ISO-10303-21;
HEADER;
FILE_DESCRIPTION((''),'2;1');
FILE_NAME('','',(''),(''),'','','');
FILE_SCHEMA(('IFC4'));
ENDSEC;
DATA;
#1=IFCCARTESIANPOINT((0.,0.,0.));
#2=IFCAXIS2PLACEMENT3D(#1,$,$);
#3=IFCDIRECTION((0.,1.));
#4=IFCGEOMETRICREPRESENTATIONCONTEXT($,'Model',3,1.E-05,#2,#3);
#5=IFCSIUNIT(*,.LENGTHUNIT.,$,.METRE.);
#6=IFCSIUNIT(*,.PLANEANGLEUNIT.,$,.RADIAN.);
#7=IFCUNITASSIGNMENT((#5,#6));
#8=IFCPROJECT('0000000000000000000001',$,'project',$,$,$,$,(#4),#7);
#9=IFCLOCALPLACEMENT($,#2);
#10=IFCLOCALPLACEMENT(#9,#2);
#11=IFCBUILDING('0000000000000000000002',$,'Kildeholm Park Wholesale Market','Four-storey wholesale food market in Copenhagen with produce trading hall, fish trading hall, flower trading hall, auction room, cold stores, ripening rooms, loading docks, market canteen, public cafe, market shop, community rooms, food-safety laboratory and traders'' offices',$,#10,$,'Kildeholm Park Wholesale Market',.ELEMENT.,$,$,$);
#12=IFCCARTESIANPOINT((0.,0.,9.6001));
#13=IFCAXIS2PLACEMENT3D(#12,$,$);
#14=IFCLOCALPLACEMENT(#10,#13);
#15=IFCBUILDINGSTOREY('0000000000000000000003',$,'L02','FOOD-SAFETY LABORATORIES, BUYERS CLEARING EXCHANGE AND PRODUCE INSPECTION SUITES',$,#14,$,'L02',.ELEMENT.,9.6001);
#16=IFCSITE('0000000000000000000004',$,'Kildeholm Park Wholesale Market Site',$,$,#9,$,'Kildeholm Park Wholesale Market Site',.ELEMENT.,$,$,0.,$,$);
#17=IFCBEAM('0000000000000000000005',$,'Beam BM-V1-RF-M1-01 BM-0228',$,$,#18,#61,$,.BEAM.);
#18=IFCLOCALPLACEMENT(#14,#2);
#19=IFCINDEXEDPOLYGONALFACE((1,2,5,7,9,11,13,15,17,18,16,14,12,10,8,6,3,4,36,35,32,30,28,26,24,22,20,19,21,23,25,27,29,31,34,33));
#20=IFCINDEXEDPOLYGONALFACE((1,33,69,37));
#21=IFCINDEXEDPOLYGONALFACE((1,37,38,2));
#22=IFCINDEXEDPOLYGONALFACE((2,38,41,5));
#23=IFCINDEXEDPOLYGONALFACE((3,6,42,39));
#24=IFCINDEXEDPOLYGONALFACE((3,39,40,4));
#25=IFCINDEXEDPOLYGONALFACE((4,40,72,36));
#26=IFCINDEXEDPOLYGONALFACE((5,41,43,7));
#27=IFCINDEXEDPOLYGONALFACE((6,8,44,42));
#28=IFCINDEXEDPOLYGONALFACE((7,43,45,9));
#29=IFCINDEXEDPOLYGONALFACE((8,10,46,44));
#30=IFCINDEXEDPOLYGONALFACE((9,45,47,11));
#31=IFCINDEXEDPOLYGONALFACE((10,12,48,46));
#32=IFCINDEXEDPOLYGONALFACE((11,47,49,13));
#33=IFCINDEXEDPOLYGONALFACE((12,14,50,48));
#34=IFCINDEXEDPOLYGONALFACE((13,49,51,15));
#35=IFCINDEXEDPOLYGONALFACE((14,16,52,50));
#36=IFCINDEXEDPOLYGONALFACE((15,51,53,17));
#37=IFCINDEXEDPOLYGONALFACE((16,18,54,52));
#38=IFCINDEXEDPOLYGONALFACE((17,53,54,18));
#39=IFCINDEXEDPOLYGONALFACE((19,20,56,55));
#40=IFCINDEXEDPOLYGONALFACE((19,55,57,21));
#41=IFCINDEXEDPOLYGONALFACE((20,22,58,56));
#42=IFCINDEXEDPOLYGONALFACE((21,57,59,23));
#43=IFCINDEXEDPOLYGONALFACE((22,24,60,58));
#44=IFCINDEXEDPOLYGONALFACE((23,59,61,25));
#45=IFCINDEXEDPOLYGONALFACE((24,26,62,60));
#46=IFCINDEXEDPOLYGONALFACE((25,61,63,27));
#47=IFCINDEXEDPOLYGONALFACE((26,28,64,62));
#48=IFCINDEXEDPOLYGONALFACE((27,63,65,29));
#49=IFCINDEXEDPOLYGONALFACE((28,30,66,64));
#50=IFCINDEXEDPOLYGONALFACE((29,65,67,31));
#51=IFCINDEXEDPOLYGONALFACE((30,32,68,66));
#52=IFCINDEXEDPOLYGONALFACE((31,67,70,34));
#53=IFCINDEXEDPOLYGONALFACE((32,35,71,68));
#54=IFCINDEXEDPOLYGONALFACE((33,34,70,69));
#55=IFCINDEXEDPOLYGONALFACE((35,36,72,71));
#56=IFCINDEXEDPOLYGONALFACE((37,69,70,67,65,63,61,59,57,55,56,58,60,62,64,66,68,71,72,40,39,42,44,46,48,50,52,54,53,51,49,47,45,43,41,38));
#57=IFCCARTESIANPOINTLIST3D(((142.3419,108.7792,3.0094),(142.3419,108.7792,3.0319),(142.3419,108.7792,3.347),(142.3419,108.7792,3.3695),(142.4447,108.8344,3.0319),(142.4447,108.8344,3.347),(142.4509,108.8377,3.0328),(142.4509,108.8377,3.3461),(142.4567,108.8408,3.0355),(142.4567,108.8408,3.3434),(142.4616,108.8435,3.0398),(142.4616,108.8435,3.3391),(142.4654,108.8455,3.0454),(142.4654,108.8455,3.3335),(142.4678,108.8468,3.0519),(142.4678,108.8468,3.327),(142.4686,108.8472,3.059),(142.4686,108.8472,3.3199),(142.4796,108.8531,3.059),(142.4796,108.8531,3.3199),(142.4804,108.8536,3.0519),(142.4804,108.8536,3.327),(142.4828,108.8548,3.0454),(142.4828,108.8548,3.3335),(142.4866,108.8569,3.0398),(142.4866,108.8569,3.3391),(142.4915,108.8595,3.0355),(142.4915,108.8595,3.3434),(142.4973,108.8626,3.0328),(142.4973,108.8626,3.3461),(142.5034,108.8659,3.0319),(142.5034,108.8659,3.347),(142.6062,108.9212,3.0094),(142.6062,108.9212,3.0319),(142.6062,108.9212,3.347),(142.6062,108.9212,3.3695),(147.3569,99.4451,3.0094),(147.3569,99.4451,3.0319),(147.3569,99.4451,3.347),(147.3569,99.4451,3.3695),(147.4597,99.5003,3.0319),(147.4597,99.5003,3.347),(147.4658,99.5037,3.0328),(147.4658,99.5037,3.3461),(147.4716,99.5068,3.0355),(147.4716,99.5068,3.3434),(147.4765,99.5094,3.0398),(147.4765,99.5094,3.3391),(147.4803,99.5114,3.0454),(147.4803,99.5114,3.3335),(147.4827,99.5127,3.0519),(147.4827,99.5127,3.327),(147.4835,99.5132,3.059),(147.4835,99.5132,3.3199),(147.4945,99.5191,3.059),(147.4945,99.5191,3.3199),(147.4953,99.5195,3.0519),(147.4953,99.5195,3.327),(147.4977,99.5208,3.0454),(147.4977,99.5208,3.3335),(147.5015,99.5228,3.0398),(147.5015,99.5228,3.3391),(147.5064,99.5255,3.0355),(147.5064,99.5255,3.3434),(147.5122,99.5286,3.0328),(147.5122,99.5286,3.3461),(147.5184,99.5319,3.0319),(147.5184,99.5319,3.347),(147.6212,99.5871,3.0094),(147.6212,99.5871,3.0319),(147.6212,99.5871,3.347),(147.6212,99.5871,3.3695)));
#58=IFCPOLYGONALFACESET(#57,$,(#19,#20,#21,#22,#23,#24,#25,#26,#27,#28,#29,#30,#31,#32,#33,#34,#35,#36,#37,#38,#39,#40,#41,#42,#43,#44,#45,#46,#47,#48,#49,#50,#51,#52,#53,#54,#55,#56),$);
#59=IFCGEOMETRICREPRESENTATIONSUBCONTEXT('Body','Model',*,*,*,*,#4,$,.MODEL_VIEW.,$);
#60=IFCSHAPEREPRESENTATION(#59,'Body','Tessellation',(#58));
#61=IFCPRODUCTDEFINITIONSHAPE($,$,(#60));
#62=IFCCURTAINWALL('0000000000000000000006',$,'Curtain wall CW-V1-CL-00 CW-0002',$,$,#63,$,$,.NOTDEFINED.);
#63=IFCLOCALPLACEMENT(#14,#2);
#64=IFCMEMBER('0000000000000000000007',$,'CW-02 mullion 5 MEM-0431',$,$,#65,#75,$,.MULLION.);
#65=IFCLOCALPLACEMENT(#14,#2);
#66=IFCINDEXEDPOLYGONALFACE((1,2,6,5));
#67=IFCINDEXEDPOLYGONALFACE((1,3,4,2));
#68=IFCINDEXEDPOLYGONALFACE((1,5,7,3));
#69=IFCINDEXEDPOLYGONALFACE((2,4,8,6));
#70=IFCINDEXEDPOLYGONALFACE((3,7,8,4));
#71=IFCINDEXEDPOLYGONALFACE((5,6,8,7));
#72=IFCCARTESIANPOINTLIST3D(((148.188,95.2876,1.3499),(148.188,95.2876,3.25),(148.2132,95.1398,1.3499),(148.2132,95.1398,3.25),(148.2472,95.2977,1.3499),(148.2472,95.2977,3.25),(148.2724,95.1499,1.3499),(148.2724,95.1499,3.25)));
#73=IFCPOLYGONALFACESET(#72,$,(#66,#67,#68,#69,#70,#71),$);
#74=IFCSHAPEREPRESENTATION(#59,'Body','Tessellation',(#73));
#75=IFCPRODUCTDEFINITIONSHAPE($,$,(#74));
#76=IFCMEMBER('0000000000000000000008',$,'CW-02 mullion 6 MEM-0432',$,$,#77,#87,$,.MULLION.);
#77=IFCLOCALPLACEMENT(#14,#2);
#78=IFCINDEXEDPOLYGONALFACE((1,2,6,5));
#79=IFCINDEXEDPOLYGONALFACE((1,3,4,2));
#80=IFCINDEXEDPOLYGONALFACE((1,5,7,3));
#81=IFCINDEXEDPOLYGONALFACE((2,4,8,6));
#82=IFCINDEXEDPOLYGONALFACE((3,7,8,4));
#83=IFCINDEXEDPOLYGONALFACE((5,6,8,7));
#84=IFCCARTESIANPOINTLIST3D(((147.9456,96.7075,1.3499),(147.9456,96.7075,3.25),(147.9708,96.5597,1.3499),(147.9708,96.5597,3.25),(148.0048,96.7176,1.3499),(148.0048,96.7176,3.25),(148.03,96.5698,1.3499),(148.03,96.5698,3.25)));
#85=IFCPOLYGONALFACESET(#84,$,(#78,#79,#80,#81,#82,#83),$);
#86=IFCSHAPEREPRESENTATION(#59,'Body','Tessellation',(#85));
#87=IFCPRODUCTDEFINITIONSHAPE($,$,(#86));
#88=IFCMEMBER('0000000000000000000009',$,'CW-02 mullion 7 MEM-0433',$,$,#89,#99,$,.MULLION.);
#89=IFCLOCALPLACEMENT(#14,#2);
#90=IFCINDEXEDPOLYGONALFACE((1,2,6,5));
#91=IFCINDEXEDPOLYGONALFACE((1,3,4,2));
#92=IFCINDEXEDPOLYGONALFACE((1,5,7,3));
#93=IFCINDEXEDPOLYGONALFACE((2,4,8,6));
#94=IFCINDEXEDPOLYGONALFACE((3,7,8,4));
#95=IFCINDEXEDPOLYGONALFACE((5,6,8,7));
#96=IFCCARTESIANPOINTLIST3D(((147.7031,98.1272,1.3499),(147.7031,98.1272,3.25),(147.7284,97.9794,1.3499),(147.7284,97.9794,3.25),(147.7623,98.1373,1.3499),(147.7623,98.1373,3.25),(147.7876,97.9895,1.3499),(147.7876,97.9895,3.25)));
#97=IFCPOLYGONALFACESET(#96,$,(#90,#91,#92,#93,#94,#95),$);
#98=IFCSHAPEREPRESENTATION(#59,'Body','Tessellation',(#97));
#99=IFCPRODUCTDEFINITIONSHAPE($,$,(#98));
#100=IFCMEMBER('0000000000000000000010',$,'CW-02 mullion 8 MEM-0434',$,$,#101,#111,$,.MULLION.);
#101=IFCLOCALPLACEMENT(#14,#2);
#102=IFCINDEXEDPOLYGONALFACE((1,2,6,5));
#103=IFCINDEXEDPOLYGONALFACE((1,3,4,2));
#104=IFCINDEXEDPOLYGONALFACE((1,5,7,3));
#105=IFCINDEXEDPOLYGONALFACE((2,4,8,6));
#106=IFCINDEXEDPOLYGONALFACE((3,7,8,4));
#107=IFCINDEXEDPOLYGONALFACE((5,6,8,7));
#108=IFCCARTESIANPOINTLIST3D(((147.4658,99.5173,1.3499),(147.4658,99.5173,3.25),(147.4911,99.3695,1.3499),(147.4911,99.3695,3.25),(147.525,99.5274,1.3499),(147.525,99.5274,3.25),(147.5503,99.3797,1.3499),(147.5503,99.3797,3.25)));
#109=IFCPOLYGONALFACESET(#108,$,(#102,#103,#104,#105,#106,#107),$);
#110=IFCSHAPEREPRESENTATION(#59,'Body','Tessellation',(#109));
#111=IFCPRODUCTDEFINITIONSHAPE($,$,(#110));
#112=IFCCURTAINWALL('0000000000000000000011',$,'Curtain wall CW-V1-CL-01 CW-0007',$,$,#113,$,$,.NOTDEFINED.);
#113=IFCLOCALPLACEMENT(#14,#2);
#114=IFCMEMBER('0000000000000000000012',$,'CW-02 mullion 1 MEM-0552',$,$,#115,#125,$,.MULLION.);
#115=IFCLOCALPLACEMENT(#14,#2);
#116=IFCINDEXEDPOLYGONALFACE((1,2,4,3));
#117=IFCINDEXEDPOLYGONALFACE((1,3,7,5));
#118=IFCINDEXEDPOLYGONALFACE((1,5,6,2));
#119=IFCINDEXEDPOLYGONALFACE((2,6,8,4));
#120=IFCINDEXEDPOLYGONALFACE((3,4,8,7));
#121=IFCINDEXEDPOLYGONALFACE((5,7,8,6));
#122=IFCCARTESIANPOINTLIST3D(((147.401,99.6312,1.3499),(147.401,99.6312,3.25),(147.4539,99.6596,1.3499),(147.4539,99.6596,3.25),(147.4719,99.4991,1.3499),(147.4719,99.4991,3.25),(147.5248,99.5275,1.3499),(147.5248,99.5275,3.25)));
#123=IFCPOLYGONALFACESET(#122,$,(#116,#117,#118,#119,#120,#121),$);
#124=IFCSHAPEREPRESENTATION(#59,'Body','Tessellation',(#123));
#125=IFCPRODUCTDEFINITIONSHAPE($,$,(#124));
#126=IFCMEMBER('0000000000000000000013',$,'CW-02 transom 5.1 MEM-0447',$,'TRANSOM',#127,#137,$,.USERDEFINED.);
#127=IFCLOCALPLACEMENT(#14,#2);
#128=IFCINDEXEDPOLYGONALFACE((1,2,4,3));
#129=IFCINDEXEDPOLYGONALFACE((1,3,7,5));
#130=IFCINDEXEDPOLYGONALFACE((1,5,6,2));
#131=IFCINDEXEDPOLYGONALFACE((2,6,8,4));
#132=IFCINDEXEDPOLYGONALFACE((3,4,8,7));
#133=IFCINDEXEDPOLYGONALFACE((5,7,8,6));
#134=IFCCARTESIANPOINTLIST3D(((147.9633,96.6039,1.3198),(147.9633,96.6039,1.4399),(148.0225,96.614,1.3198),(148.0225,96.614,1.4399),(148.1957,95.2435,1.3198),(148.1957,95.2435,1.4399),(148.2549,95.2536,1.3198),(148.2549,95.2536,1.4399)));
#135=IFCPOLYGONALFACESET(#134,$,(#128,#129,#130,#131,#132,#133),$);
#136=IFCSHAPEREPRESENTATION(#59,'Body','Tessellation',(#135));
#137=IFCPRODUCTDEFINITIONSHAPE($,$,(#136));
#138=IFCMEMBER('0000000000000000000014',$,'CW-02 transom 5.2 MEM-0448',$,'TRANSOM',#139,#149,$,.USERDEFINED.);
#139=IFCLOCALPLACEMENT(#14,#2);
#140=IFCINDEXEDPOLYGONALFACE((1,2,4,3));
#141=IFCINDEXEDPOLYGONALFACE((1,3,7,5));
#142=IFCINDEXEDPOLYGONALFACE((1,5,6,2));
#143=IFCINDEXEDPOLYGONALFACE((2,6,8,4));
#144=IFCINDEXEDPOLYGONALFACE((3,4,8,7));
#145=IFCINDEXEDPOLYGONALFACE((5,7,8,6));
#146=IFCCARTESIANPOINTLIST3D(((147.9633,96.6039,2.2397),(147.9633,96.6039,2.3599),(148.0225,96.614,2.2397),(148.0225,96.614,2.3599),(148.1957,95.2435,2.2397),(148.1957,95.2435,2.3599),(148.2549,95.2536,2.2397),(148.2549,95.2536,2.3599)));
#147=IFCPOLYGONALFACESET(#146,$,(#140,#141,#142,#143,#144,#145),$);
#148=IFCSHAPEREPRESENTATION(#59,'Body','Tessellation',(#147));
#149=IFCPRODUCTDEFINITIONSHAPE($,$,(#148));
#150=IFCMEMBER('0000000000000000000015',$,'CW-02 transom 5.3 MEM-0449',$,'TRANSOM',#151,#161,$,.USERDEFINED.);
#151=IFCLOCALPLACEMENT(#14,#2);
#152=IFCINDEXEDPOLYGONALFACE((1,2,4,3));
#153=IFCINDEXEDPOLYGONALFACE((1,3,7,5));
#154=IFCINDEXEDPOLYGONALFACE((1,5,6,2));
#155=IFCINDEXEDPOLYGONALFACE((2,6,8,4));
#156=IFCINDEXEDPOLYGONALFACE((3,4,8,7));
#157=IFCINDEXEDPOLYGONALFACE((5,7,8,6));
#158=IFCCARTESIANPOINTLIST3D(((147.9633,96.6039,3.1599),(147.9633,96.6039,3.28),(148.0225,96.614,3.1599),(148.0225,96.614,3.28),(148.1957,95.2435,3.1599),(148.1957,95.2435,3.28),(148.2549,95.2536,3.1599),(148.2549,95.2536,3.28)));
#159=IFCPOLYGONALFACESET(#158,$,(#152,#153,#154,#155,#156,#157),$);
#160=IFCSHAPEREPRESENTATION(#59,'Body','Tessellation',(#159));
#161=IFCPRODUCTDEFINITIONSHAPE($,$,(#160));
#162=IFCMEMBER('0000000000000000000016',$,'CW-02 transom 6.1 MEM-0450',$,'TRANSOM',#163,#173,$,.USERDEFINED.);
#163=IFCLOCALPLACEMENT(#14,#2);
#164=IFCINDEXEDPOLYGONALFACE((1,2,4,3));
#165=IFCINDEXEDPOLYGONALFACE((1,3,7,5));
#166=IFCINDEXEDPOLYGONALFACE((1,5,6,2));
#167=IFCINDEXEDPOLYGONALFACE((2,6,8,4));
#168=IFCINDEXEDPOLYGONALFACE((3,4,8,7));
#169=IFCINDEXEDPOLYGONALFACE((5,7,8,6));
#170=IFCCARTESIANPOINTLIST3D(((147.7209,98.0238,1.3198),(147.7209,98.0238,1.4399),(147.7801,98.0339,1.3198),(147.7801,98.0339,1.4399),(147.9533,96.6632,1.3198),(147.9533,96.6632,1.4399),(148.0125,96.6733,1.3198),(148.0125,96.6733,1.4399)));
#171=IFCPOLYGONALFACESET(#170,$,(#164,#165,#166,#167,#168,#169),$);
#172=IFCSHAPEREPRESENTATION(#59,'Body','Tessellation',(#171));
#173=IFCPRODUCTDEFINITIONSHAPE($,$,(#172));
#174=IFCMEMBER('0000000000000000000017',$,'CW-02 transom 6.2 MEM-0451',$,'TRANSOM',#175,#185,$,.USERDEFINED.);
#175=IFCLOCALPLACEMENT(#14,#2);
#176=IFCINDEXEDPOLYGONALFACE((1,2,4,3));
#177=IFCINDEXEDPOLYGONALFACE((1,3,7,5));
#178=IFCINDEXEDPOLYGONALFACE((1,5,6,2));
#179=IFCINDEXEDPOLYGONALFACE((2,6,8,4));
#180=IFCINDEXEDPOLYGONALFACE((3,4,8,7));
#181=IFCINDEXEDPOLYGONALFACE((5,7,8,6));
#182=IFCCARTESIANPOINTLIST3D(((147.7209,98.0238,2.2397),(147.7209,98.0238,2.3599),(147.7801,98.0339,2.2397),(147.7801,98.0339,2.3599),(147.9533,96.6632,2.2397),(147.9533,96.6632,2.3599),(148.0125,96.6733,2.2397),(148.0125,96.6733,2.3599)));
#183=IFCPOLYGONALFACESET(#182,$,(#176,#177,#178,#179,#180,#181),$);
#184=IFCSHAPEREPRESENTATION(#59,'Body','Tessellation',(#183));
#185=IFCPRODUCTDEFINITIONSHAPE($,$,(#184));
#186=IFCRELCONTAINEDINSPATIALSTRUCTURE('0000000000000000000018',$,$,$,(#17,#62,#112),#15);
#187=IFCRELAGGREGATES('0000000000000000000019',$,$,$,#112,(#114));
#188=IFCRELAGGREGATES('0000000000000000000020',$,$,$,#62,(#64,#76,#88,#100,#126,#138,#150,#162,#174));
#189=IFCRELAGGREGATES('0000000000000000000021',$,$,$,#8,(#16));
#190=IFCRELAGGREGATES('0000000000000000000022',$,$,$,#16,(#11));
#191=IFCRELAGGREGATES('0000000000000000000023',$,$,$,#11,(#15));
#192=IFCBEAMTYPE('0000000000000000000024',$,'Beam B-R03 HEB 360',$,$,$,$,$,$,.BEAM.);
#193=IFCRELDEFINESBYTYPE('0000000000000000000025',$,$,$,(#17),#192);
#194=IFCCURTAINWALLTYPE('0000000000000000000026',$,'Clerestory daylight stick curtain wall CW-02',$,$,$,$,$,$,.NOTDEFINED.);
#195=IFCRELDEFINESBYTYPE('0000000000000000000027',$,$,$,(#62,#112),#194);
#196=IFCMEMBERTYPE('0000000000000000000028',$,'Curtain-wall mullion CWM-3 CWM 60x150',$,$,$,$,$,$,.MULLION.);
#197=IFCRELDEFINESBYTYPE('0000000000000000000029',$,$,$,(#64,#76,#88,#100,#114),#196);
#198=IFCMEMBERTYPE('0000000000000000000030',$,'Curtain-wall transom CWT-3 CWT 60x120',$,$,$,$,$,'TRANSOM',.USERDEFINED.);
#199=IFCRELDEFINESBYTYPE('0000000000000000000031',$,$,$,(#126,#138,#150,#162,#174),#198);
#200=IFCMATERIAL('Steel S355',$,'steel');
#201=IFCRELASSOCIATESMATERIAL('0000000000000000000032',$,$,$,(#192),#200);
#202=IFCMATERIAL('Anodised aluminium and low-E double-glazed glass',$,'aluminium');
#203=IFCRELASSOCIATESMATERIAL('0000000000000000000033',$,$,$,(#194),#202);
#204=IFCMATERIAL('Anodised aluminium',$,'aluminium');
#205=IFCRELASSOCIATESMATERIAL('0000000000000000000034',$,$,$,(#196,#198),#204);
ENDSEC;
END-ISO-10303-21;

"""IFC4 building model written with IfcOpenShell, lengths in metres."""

from ifc_helpers import new_model, si_unit, direction, frame, origin, origin_2d, place, context, subcontext, project, spatial, rectangle, i_section, extrude, material, material_profile, profile_set, type_object, element, aggregate, save


model = new_model("IFC4")

# Units and contexts
model_context = context("Model", 3, precision=1e-05, world=origin(), true_north=direction((0.0, 1.0)))
body_context = subcontext(model_context, "Body", "Model", "MODEL_VIEW")
ifc_project = project(units=[si_unit("LENGTHUNIT", "METRE"), si_unit("PLANEANGLEUNIT", "RADIAN")], contexts=[model_context])

# Site, building, storey
site_placement = place(None, origin())
site = spatial("IfcSite", under=ifc_project, at=site_placement, Name="Kildeholm Park Wholesale Market Site", LongName="Kildeholm Park Wholesale Market Site", CompositionType="ELEMENT", RefElevation=0.0)
building_placement = place(site_placement, origin())
building = spatial("IfcBuilding", under=site, at=building_placement, Name="Kildeholm Park Wholesale Market", Description="Four-storey wholesale food market in Copenhagen with produce trading hall, fish trading hall, flower trading hall, auction room, cold stores, ripening rooms, loading docks, market canteen, public cafe, market shop, community rooms, food-safety laboratory and traders' offices", LongName="Kildeholm Park Wholesale Market", CompositionType="ELEMENT")
storey_placement = place(building_placement, frame((0.0, 0.0, 9.6001)))
storey = spatial("IfcBuildingStorey", under=building, at=storey_placement, Name="L02", Description="FOOD-SAFETY LABORATORIES, BUYERS CLEARING EXCHANGE AND PRODUCE INSPECTION SUITES", LongName="L02", CompositionType="ELEMENT", Elevation=9.6001)

# Shared definitions
ifc_material_1 = material(Name="Steel S355", Category="steel")

# Beam
ifc_material_profile_1 = material_profile(ifc_material_1, i_section(OverallWidth=0.3, OverallDepth=0.3601, WebThickness=0.0125, FlangeThickness=0.0225, FilletRadius=0.0271, at=origin_2d()), Name="HEB 360")
ifc_profile_set_1 = profile_set([ifc_material_profile_1], Name="Steel S355")
beam_type_1 = type_object("IfcBeamType", Name="Beam B-R03 HEB 360", PredefinedType="BEAM", material=ifc_profile_set_1)
beam_1_placement = place(storey_placement, frame((147.489, 99.5161, 3.1895), z_axis=(-0.473288, 0.880908, 0.0), x_axis=(-0.880908, -0.473288, 0.0)))
element("IfcBeam", 1, at=beam_1_placement, inside=storey, type_object=beam_type_1, Name="Beam BM-V1-RF-M1-01 BM-0228", PredefinedType="BEAM", context=body_context, shape_type="SweptSolid", body=[
    extrude(i_section(OverallWidth=0.3, OverallDepth=0.3601, WebThickness=0.0125, FlangeThickness=0.0225, FilletRadius=0.0271, at=origin_2d()), origin(), (0.0, 0.0, 1.0), 10.5959),
])

# Curtain wall, members
ifc_material_2 = material(Name="Anodised aluminium and low-E double-glazed glass", Category="aluminium")
curtain_wall_type = type_object("IfcCurtainWallType", Name="Clerestory daylight stick curtain wall CW-02", PredefinedType="NOTDEFINED", material=ifc_material_2)
curtain_wall_1_placement = place(storey_placement, origin())
curtain_wall_1 = element("IfcCurtainWall", 2, at=curtain_wall_1_placement, inside=storey, type_object=curtain_wall_type, Name="Curtain wall CW-V1-CL-00 CW-0002", PredefinedType="NOTDEFINED")
ifc_material_3 = material(Name="Anodised aluminium", Category="aluminium")
ifc_material_profile_2 = material_profile(ifc_material_3, rectangle(XDim=0.0601, YDim=0.1499, at=origin_2d()), Name="CWM 60x150")
ifc_profile_set_2 = profile_set([ifc_material_profile_2], Name="Anodised aluminium")
member_type_1 = type_object("IfcMemberType", Name="Curtain-wall mullion CWM-3 CWM 60x150", PredefinedType="MULLION", material=ifc_profile_set_2)
member_1_placement = place(storey_placement, frame((148.2302, 95.2188, 1.3499), z_axis=(0.0, 0.0, 1.0), x_axis=(-0.985732, -0.168322, 0.0)))
member_1 = element("IfcMember", 3, at=member_1_placement, type_object=member_type_1, Name="CW-02 mullion 5 MEM-0431", PredefinedType="MULLION", context=body_context, shape_type="SweptSolid", body=[
    extrude(rectangle(XDim=0.0601, YDim=0.1499, at=origin_2d()), origin(), (0.0, 0.0, 1.0), 1.9001),
])
member_2_placement = place(storey_placement, frame((147.9878, 96.6387, 1.3499), z_axis=(0.0, 0.0, 1.0), x_axis=(-0.985732, -0.168322, 0.0)))
member_2 = element("IfcMember", 4, at=member_2_placement, type_object=member_type_1, Name="CW-02 mullion 6 MEM-0432", PredefinedType="MULLION", context=body_context, shape_type="SweptSolid", body=[
    extrude(rectangle(XDim=0.0601, YDim=0.1499, at=origin_2d()), origin(), (0.0, 0.0, 1.0), 1.9001),
])
member_3_placement = place(storey_placement, frame((147.7454, 98.0583, 1.3499), z_axis=(0.0, 0.0, 1.0), x_axis=(-0.985732, -0.168322, 0.0)))
member_3 = element("IfcMember", 5, at=member_3_placement, type_object=member_type_1, Name="CW-02 mullion 7 MEM-0433", PredefinedType="MULLION", context=body_context, shape_type="SweptSolid", body=[
    extrude(rectangle(XDim=0.0601, YDim=0.1499, at=origin_2d()), origin(), (0.0, 0.0, 1.0), 1.9001),
])
member_4_placement = place(storey_placement, frame((147.5081, 99.4485, 1.3499), z_axis=(0.0, 0.0, 1.0), x_axis=(-0.985732, -0.168322, 0.0)))
member_4 = element("IfcMember", 6, at=member_4_placement, type_object=member_type_1, Name="CW-02 mullion 8 MEM-0434", PredefinedType="MULLION", context=body_context, shape_type="SweptSolid", body=[
    extrude(rectangle(XDim=0.0601, YDim=0.1499, at=origin_2d()), origin(), (0.0, 0.0, 1.0), 1.9001),
])

# Curtain wall, member
curtain_wall_2_placement = place(storey_placement, origin())
curtain_wall_2 = element("IfcCurtainWall", 7, at=curtain_wall_2_placement, inside=storey, type_object=curtain_wall_type, Name="Curtain wall CW-V1-CL-01 CW-0007", PredefinedType="NOTDEFINED")
member_5_placement = place(storey_placement, frame((147.4629, 99.5793, 1.3499), z_axis=(0.0, 0.0, 1.0), x_axis=(-0.88088, -0.47334, 0.0)))
member_5 = element("IfcMember", 8, at=member_5_placement, type_object=member_type_1, Name="CW-02 mullion 1 MEM-0552", PredefinedType="MULLION", context=body_context, shape_type="SweptSolid", body=[
    extrude(rectangle(XDim=0.0601, YDim=0.1499, at=origin_2d()), origin(), (0.0, 0.0, 1.0), 1.9001),
])

# Members
ifc_material_profile_3 = material_profile(ifc_material_3, rectangle(XDim=0.0601, YDim=0.1201, at=origin_2d()), Name="CWT 60x120")
ifc_profile_set_3 = profile_set([ifc_material_profile_3], Name="Anodised aluminium")
member_type_2 = type_object("IfcMemberType", Name="Curtain-wall transom CWT-3 CWT 60x120", ElementType="TRANSOM", PredefinedType="USERDEFINED", material=ifc_profile_set_3)
member_6_placement = place(storey_placement, frame((148.2253, 95.2485, 1.3799), z_axis=(-0.168414, 0.985716, 0.0), x_axis=(-0.985716, -0.168414, 0.0)))
member_6 = element("IfcMember", 9, at=member_6_placement, type_object=member_type_2, Name="CW-02 transom 5.1 MEM-0447", ObjectType="TRANSOM", PredefinedType="USERDEFINED", context=body_context, shape_type="SweptSolid", body=[
    extrude(rectangle(XDim=0.0601, YDim=0.1201, at=origin_2d()), origin(), (0.0, 0.0, 1.0), 1.3801),
])
member_7_placement = place(storey_placement, frame((148.2253, 95.2485, 2.2998), z_axis=(-0.168414, 0.985716, 0.0), x_axis=(-0.985716, -0.168414, 0.0)))
member_7 = element("IfcMember", 10, at=member_7_placement, type_object=member_type_2, Name="CW-02 transom 5.2 MEM-0448", ObjectType="TRANSOM", PredefinedType="USERDEFINED", context=body_context, shape_type="SweptSolid", body=[
    extrude(rectangle(XDim=0.0601, YDim=0.1201, at=origin_2d()), origin(), (0.0, 0.0, 1.0), 1.3801),
])
member_8_placement = place(storey_placement, frame((148.2253, 95.2485, 3.22), z_axis=(-0.168414, 0.985716, 0.0), x_axis=(-0.985716, -0.168414, 0.0)))
member_8 = element("IfcMember", 11, at=member_8_placement, type_object=member_type_2, Name="CW-02 transom 5.3 MEM-0449", ObjectType="TRANSOM", PredefinedType="USERDEFINED", context=body_context, shape_type="SweptSolid", body=[
    extrude(rectangle(XDim=0.0601, YDim=0.1201, at=origin_2d()), origin(), (0.0, 0.0, 1.0), 1.3801),
])
member_9_placement = place(storey_placement, frame((147.9829, 96.6682, 1.3799), z_axis=(-0.168384, 0.985721, 0.0), x_axis=(-0.985721, -0.168384, 0.0)))
member_9 = element("IfcMember", 12, at=member_9_placement, type_object=member_type_2, Name="CW-02 transom 6.1 MEM-0450", ObjectType="TRANSOM", PredefinedType="USERDEFINED", context=body_context, shape_type="SweptSolid", body=[
    extrude(rectangle(XDim=0.0601, YDim=0.1201, at=origin_2d()), origin(), (0.0, 0.0, 1.0), 1.3804),
])
member_10_placement = place(storey_placement, frame((147.9829, 96.6682, 2.2998), z_axis=(-0.168384, 0.985721, 0.0), x_axis=(-0.985721, -0.168384, 0.0)))
member_10 = element("IfcMember", 13, at=member_10_placement, type_object=member_type_2, Name="CW-02 transom 6.2 MEM-0451", ObjectType="TRANSOM", PredefinedType="USERDEFINED", context=body_context, shape_type="SweptSolid", body=[
    extrude(rectangle(XDim=0.0601, YDim=0.1201, at=origin_2d()), origin(), (0.0, 0.0, 1.0), 1.3804),
])
aggregate(curtain_wall_2, [member_5])

aggregate(curtain_wall_1, [member_1, member_2, member_3, member_4, member_6, member_7, member_8, member_9, member_10])

save(model, "model.ifc")
